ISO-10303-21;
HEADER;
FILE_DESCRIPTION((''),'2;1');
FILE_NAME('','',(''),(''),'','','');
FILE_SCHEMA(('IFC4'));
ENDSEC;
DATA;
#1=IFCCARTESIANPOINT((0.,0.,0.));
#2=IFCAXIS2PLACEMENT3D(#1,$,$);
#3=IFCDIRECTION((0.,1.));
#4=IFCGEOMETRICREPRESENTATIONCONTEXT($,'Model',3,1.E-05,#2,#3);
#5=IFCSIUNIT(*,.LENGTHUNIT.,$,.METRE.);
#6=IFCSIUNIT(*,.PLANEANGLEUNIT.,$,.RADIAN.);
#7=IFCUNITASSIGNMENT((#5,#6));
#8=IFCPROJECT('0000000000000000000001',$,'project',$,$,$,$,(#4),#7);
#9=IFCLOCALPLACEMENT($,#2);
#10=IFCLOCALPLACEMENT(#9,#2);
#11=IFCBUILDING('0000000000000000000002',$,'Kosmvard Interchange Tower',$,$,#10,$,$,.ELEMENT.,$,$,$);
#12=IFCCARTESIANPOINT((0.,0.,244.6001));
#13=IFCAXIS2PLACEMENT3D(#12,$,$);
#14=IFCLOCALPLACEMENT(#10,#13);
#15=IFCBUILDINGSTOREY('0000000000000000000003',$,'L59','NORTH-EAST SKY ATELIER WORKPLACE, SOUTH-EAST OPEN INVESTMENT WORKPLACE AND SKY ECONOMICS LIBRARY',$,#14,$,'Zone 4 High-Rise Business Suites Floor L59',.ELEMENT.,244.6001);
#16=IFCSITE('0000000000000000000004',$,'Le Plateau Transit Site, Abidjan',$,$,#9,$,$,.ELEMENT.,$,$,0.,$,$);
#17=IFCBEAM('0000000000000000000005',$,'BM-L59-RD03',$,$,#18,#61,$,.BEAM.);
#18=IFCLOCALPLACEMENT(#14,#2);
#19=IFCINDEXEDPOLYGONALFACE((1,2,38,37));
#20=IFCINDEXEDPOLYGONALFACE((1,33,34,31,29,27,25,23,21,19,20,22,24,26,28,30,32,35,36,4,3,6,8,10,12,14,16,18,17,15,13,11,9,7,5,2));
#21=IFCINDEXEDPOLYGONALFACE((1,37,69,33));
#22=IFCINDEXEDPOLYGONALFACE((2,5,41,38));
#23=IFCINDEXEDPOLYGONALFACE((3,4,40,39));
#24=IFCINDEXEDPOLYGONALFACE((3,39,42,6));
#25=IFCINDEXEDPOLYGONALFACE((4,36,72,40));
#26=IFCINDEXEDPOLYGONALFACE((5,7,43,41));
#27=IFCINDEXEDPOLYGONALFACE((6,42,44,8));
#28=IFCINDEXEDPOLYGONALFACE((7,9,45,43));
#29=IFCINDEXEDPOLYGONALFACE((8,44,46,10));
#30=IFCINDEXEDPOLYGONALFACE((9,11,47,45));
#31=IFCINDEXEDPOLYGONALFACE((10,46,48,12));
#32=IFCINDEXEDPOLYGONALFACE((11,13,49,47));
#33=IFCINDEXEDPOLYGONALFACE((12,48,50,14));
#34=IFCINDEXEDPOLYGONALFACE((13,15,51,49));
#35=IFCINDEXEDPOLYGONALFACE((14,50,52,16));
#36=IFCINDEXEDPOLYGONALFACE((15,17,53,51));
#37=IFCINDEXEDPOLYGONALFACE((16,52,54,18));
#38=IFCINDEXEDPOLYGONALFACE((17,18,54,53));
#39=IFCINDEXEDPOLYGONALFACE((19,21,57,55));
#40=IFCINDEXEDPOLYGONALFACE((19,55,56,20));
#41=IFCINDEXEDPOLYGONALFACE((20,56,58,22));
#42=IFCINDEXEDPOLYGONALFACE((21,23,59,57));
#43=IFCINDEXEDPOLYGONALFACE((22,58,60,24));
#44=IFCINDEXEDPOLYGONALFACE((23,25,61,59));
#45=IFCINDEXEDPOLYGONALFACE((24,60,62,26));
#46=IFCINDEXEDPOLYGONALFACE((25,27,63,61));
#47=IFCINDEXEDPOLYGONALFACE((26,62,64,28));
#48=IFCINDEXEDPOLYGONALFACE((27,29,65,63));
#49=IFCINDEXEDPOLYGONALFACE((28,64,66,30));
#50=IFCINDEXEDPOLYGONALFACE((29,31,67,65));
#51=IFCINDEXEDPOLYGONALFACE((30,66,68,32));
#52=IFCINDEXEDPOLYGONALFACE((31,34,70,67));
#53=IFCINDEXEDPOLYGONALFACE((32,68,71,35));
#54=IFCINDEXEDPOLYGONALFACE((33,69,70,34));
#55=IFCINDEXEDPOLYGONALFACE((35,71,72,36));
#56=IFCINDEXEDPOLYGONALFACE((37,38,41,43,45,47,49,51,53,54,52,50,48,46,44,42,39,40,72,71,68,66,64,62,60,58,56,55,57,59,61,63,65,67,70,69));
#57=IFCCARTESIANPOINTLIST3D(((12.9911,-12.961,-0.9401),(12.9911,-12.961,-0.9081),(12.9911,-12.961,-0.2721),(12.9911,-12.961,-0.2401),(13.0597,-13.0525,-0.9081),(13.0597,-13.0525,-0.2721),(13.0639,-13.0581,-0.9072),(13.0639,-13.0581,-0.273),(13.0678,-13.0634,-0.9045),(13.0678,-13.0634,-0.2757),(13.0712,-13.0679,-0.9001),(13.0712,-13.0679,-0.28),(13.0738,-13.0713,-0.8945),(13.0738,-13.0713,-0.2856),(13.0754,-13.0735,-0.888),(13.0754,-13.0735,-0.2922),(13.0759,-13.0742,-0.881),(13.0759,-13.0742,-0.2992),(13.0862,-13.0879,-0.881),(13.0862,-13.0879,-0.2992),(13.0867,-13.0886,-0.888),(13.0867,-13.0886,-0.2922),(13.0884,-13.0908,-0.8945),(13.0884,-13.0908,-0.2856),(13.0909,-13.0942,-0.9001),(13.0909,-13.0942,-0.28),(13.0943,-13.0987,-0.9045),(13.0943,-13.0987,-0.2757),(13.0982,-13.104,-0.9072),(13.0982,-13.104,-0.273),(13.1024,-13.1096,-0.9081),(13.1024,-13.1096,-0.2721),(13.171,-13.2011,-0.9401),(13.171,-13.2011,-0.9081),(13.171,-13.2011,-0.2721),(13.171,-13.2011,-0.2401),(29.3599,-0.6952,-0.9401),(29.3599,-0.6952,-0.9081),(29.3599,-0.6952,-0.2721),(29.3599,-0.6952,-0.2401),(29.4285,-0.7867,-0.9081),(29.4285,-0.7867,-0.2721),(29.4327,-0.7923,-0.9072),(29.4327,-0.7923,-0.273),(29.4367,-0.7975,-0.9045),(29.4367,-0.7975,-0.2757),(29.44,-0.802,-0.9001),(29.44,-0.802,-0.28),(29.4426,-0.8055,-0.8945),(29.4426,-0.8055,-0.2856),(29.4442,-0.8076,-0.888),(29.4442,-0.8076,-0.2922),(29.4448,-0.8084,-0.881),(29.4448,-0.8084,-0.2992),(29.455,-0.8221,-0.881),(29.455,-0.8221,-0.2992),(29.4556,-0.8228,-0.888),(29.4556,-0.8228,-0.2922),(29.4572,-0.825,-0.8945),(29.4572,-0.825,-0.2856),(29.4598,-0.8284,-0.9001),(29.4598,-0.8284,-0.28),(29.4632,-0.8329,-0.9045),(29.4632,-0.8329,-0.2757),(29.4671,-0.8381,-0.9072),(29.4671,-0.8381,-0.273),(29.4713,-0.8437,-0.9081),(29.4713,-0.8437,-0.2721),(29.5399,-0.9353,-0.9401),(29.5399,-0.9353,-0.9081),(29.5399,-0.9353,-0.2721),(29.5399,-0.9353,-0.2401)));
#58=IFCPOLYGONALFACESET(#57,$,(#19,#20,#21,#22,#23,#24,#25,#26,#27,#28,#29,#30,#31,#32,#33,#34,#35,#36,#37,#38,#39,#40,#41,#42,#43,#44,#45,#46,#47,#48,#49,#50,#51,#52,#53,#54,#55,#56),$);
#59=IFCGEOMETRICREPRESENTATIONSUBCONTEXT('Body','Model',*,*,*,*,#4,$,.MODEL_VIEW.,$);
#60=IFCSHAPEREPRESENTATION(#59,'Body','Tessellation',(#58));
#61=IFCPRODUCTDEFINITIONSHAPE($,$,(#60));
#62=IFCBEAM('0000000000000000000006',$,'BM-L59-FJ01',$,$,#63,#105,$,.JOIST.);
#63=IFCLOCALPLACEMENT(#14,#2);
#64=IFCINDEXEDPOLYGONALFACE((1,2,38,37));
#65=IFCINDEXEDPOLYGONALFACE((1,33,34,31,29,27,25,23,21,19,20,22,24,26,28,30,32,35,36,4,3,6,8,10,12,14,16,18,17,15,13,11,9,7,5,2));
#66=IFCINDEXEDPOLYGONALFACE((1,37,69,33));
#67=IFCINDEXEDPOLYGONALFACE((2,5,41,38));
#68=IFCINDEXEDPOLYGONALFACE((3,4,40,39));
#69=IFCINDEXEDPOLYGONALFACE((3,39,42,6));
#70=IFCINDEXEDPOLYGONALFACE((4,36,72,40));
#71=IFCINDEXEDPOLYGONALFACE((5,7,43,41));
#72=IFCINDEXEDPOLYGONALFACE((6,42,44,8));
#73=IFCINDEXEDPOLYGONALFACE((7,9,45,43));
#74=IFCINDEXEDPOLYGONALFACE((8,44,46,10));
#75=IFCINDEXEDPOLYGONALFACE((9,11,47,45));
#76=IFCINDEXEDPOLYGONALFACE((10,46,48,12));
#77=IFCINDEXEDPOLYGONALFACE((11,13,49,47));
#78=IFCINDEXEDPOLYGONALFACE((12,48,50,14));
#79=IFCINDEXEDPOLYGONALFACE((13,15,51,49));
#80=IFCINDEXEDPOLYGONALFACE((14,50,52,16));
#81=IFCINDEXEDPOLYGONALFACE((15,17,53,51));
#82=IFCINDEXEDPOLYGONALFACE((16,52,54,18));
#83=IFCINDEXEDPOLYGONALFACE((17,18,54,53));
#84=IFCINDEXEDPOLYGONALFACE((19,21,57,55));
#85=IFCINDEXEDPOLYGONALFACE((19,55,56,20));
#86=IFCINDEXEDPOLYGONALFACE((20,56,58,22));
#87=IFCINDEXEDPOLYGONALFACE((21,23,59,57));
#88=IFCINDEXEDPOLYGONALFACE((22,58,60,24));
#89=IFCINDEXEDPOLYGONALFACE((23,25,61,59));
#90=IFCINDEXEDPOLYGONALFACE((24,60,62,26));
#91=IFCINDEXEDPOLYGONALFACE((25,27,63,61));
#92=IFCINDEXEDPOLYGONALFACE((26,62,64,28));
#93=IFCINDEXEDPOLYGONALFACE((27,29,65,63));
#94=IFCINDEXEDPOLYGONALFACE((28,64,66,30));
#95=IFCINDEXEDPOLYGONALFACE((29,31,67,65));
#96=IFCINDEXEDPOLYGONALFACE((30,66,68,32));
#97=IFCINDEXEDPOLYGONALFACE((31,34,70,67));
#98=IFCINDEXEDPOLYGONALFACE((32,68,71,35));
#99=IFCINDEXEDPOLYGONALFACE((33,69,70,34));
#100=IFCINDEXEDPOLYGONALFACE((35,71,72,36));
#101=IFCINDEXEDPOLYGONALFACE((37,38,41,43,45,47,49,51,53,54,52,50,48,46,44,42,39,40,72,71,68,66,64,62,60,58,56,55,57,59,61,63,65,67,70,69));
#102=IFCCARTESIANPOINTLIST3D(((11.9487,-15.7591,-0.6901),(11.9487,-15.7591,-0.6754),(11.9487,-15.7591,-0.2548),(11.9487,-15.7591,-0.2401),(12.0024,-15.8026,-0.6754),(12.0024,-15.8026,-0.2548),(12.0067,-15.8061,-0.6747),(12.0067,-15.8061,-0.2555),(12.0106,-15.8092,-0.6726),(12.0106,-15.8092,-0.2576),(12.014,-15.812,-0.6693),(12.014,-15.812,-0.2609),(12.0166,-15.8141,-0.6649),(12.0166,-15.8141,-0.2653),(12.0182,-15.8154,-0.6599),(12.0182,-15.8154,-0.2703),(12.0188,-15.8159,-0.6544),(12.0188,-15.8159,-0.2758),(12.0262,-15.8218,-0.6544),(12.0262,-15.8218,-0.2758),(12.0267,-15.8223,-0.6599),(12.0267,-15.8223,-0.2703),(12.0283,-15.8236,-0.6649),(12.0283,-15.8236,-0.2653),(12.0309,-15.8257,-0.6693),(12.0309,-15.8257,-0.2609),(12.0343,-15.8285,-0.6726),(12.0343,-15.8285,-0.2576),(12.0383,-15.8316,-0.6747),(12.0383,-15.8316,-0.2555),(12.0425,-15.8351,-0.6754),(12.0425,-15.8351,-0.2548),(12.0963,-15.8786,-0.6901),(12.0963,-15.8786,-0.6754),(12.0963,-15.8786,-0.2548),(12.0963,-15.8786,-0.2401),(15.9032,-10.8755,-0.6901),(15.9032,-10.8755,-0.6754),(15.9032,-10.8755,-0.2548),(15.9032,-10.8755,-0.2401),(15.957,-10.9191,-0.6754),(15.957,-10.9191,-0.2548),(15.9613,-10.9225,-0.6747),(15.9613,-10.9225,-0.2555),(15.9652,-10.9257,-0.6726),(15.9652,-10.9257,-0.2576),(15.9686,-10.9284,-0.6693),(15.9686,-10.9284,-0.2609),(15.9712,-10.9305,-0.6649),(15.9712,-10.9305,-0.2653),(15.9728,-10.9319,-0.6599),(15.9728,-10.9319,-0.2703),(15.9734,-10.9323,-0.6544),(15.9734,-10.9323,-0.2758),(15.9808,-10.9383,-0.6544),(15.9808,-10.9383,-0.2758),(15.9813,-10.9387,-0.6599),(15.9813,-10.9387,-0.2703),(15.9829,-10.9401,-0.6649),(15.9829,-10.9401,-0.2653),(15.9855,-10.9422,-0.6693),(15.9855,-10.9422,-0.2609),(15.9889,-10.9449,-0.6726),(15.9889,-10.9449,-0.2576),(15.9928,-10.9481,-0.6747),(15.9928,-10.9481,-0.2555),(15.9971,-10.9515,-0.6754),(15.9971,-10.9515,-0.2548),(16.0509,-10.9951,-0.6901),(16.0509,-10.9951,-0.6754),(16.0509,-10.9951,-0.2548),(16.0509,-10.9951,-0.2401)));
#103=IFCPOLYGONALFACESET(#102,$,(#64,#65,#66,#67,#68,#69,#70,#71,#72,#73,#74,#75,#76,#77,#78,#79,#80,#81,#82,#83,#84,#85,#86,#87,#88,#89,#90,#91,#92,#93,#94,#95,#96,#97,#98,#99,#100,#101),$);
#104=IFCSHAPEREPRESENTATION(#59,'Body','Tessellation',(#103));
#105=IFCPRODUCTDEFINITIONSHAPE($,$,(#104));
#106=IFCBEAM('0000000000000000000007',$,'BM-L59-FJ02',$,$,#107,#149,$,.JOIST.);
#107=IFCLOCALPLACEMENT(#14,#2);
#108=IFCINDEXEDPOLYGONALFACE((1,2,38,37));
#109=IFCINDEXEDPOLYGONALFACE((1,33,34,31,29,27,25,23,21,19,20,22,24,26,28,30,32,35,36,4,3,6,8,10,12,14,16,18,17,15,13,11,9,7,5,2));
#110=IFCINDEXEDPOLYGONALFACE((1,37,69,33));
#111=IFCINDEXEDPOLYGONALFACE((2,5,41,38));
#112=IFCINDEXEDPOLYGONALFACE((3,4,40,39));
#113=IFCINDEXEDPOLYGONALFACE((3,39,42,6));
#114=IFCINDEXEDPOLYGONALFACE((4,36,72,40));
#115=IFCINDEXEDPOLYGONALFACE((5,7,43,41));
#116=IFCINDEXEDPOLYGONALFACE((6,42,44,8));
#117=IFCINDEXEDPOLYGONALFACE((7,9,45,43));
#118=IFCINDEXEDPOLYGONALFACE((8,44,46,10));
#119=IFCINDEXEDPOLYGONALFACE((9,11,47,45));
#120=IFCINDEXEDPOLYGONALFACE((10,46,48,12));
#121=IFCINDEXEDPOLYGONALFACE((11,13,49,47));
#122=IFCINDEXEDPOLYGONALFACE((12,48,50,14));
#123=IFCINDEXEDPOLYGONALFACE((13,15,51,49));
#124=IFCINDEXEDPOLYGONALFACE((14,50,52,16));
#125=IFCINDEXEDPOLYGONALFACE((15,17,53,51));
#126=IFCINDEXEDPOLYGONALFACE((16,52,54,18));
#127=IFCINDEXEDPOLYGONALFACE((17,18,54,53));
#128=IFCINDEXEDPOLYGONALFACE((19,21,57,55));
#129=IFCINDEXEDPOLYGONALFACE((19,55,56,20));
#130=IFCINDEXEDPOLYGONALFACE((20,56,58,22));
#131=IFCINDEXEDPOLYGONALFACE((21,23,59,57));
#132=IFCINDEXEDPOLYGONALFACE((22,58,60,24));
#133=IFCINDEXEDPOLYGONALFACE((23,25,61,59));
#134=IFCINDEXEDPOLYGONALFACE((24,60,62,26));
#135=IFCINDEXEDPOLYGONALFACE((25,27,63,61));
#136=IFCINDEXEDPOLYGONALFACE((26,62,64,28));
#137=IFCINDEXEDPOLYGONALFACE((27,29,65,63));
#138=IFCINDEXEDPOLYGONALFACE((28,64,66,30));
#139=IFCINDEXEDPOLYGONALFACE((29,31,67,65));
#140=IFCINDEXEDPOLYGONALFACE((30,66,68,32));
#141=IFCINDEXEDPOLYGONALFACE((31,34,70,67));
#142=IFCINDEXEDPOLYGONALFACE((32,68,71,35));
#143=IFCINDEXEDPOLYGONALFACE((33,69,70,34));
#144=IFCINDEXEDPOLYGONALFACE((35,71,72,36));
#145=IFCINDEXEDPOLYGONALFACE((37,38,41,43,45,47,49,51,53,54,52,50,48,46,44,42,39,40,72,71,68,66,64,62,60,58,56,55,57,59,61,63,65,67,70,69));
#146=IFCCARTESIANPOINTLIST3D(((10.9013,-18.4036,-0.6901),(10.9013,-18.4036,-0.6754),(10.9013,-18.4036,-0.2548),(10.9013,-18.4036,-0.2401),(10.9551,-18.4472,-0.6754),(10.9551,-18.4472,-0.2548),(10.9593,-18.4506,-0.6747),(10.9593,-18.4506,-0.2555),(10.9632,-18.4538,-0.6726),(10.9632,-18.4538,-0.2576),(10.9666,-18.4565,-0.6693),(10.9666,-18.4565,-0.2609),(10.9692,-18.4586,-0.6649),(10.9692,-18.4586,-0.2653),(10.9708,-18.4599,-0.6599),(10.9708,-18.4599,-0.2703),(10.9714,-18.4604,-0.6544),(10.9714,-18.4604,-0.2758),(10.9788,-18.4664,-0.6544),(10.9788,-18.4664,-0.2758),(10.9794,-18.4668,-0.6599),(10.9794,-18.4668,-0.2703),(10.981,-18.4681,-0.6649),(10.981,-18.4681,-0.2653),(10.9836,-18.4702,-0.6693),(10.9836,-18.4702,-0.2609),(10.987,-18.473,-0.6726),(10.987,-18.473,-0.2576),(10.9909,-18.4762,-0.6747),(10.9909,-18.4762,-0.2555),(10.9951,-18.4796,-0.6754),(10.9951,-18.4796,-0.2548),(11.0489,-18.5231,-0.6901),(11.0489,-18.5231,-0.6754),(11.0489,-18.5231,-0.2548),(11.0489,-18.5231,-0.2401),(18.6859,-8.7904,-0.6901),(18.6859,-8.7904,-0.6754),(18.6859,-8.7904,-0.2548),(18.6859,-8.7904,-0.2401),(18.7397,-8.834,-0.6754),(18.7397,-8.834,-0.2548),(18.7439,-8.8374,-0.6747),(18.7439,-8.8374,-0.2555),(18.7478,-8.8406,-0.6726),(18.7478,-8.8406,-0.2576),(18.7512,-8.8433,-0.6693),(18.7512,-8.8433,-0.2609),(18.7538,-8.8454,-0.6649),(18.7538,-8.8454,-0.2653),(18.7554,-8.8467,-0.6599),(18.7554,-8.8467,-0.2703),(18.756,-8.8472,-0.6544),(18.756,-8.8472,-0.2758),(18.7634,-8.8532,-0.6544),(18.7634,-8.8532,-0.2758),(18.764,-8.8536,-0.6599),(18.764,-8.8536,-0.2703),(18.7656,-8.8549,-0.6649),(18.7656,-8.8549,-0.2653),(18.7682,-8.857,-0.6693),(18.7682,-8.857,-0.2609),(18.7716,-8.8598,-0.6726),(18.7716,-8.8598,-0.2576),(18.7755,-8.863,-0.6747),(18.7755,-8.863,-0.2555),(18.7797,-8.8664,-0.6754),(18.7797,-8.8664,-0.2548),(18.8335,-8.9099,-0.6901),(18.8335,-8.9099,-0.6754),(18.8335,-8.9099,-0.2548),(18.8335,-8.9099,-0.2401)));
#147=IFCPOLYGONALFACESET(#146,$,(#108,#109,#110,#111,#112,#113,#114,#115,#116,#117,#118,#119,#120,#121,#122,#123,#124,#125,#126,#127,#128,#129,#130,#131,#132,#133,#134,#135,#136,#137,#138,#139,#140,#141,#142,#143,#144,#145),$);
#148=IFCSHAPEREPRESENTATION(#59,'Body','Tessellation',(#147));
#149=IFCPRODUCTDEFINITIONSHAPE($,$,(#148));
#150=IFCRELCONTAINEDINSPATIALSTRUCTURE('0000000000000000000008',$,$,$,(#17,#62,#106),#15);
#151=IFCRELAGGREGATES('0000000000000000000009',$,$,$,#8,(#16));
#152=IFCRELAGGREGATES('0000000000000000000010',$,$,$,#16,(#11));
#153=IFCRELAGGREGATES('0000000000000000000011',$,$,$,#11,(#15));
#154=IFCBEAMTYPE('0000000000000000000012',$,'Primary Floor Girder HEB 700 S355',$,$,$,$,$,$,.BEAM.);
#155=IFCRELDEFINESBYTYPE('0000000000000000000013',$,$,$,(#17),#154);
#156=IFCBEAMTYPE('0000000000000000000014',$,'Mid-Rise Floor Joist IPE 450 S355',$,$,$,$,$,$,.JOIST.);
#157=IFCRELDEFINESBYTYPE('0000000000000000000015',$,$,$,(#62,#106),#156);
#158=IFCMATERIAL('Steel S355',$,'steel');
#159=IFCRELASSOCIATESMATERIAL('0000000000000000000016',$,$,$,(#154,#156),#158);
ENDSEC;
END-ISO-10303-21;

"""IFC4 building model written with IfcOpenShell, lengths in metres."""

from ifc_helpers import new_model, si_unit, direction, frame, origin, origin_2d, place, context, subcontext, project, spatial, i_section, extrude, source, transform, mapped, material, material_profile, profile_set, type_object, element, save


model = new_model("IFC4")

# Units and contexts
model_context = context("Model", 3, precision=1e-05, world=origin(), true_north=direction((0.0, 1.0)))
body_context = subcontext(model_context, "Body", "Model", "MODEL_VIEW")
ifc_project = project(units=[si_unit("LENGTHUNIT", "METRE"), si_unit("PLANEANGLEUNIT", "RADIAN")], contexts=[model_context])

# Site, building, storey
site_placement = place(None, origin())
site = spatial("IfcSite", under=ifc_project, at=site_placement, Name="Le Plateau Transit Site, Abidjan", CompositionType="ELEMENT", RefElevation=0.0)
building_placement = place(site_placement, origin())
building = spatial("IfcBuilding", under=site, at=building_placement, Name="Kosmvard Interchange Tower", CompositionType="ELEMENT")
storey_placement = place(building_placement, frame((0.0, 0.0, 244.6001)))
storey = spatial("IfcBuildingStorey", under=building, at=storey_placement, Name="L59", Description="NORTH-EAST SKY ATELIER WORKPLACE, SOUTH-EAST OPEN INVESTMENT WORKPLACE AND SKY ECONOMICS LIBRARY", LongName="Zone 4 High-Rise Business Suites Floor L59", CompositionType="ELEMENT", Elevation=244.6001)

# Beams
ifc_material_1 = material(Name="Steel S355", Category="steel")
ifc_material_profile_1 = material_profile(ifc_material_1, i_section(OverallWidth=0.3, OverallDepth=0.7, WebThickness=0.0171, FlangeThickness=0.032, FilletRadius=0.0271, at=origin_2d()), Name="HEB 700")
ifc_profile_set_1 = profile_set([ifc_material_profile_1], Name="Steel S355")
beam_type_1 = type_object("IfcBeamType", Name="Primary Floor Girder HEB 700 S355", PredefinedType="BEAM", material=ifc_profile_set_1)
shared_shape_1 = source(origin(), body_context, "Body", "SweptSolid", [
    extrude(i_section(OverallWidth=0.3, OverallDepth=0.7, WebThickness=0.0171, FlangeThickness=0.032, FilletRadius=0.0271, at=origin_2d()), origin(), (0.0, 0.0, 1.0), 20.4546),
])
beam_1_placement = place(storey_placement, frame((13.0811, -13.0811, -0.5901), z_axis=(0.800253, 0.599662, 0.0), x_axis=(-0.599662, 0.800253, 0.0)))
element("IfcBeam", 1, at=beam_1_placement, inside=storey, type_object=beam_type_1, Name="BM-L59-RD03", PredefinedType="BEAM", context=body_context, shape_type="MappedRepresentation", body=[
    mapped(shared_shape_1, transform((0.0, 0.0, 0.0), scale=1.0)),
])
ifc_material_profile_2 = material_profile(ifc_material_1, i_section(OverallWidth=0.1899, OverallDepth=0.45, WebThickness=0.0095, FlangeThickness=0.0146, FilletRadius=0.021, at=origin_2d()), Name="IPE 450")
ifc_profile_set_2 = profile_set([ifc_material_profile_2], Name="Steel S355")
beam_type_2 = type_object("IfcBeamType", Name="Mid-Rise Floor Joist IPE 450 S355", PredefinedType="JOIST", material=ifc_profile_set_2)
shared_shape_2 = source(origin(), body_context, "Body", "SweptSolid", [
    extrude(i_section(OverallWidth=0.1899, OverallDepth=0.45, WebThickness=0.0095, FlangeThickness=0.0146, FilletRadius=0.021, at=origin_2d()), origin(), (0.0, 0.0, 1.0), 6.2839),
])
beam_2_placement = place(storey_placement, frame((12.0225, -15.8188, -0.4651), z_axis=(0.629318, 0.777148, 0.0), x_axis=(-0.777148, 0.629318, 0.0)))
element("IfcBeam", 2, at=beam_2_placement, inside=storey, type_object=beam_type_2, Name="BM-L59-FJ01", PredefinedType="JOIST", context=body_context, shape_type="MappedRepresentation", body=[
    mapped(shared_shape_2, transform((0.0, 0.0, 0.0), scale=1.0)),
])
shared_shape_3 = source(origin(), body_context, "Body", "SweptSolid", [
    extrude(i_section(OverallWidth=0.1899, OverallDepth=0.45, WebThickness=0.0095, FlangeThickness=0.0146, FilletRadius=0.021, at=origin_2d()), origin(), (0.0, 0.0, 1.0), 12.3699),
])
beam_3_placement = place(storey_placement, frame((10.9751, -18.4634, -0.4651), z_axis=(0.62932, 0.777147, 0.0), x_axis=(-0.777147, 0.62932, 0.0)))
element("IfcBeam", 3, at=beam_3_placement, inside=storey, type_object=beam_type_2, Name="BM-L59-FJ02", PredefinedType="JOIST", context=body_context, shape_type="MappedRepresentation", body=[
    mapped(shared_shape_3, transform((0.0, 0.0, 0.0), scale=1.0)),
])

save(model, "model.ifc")
